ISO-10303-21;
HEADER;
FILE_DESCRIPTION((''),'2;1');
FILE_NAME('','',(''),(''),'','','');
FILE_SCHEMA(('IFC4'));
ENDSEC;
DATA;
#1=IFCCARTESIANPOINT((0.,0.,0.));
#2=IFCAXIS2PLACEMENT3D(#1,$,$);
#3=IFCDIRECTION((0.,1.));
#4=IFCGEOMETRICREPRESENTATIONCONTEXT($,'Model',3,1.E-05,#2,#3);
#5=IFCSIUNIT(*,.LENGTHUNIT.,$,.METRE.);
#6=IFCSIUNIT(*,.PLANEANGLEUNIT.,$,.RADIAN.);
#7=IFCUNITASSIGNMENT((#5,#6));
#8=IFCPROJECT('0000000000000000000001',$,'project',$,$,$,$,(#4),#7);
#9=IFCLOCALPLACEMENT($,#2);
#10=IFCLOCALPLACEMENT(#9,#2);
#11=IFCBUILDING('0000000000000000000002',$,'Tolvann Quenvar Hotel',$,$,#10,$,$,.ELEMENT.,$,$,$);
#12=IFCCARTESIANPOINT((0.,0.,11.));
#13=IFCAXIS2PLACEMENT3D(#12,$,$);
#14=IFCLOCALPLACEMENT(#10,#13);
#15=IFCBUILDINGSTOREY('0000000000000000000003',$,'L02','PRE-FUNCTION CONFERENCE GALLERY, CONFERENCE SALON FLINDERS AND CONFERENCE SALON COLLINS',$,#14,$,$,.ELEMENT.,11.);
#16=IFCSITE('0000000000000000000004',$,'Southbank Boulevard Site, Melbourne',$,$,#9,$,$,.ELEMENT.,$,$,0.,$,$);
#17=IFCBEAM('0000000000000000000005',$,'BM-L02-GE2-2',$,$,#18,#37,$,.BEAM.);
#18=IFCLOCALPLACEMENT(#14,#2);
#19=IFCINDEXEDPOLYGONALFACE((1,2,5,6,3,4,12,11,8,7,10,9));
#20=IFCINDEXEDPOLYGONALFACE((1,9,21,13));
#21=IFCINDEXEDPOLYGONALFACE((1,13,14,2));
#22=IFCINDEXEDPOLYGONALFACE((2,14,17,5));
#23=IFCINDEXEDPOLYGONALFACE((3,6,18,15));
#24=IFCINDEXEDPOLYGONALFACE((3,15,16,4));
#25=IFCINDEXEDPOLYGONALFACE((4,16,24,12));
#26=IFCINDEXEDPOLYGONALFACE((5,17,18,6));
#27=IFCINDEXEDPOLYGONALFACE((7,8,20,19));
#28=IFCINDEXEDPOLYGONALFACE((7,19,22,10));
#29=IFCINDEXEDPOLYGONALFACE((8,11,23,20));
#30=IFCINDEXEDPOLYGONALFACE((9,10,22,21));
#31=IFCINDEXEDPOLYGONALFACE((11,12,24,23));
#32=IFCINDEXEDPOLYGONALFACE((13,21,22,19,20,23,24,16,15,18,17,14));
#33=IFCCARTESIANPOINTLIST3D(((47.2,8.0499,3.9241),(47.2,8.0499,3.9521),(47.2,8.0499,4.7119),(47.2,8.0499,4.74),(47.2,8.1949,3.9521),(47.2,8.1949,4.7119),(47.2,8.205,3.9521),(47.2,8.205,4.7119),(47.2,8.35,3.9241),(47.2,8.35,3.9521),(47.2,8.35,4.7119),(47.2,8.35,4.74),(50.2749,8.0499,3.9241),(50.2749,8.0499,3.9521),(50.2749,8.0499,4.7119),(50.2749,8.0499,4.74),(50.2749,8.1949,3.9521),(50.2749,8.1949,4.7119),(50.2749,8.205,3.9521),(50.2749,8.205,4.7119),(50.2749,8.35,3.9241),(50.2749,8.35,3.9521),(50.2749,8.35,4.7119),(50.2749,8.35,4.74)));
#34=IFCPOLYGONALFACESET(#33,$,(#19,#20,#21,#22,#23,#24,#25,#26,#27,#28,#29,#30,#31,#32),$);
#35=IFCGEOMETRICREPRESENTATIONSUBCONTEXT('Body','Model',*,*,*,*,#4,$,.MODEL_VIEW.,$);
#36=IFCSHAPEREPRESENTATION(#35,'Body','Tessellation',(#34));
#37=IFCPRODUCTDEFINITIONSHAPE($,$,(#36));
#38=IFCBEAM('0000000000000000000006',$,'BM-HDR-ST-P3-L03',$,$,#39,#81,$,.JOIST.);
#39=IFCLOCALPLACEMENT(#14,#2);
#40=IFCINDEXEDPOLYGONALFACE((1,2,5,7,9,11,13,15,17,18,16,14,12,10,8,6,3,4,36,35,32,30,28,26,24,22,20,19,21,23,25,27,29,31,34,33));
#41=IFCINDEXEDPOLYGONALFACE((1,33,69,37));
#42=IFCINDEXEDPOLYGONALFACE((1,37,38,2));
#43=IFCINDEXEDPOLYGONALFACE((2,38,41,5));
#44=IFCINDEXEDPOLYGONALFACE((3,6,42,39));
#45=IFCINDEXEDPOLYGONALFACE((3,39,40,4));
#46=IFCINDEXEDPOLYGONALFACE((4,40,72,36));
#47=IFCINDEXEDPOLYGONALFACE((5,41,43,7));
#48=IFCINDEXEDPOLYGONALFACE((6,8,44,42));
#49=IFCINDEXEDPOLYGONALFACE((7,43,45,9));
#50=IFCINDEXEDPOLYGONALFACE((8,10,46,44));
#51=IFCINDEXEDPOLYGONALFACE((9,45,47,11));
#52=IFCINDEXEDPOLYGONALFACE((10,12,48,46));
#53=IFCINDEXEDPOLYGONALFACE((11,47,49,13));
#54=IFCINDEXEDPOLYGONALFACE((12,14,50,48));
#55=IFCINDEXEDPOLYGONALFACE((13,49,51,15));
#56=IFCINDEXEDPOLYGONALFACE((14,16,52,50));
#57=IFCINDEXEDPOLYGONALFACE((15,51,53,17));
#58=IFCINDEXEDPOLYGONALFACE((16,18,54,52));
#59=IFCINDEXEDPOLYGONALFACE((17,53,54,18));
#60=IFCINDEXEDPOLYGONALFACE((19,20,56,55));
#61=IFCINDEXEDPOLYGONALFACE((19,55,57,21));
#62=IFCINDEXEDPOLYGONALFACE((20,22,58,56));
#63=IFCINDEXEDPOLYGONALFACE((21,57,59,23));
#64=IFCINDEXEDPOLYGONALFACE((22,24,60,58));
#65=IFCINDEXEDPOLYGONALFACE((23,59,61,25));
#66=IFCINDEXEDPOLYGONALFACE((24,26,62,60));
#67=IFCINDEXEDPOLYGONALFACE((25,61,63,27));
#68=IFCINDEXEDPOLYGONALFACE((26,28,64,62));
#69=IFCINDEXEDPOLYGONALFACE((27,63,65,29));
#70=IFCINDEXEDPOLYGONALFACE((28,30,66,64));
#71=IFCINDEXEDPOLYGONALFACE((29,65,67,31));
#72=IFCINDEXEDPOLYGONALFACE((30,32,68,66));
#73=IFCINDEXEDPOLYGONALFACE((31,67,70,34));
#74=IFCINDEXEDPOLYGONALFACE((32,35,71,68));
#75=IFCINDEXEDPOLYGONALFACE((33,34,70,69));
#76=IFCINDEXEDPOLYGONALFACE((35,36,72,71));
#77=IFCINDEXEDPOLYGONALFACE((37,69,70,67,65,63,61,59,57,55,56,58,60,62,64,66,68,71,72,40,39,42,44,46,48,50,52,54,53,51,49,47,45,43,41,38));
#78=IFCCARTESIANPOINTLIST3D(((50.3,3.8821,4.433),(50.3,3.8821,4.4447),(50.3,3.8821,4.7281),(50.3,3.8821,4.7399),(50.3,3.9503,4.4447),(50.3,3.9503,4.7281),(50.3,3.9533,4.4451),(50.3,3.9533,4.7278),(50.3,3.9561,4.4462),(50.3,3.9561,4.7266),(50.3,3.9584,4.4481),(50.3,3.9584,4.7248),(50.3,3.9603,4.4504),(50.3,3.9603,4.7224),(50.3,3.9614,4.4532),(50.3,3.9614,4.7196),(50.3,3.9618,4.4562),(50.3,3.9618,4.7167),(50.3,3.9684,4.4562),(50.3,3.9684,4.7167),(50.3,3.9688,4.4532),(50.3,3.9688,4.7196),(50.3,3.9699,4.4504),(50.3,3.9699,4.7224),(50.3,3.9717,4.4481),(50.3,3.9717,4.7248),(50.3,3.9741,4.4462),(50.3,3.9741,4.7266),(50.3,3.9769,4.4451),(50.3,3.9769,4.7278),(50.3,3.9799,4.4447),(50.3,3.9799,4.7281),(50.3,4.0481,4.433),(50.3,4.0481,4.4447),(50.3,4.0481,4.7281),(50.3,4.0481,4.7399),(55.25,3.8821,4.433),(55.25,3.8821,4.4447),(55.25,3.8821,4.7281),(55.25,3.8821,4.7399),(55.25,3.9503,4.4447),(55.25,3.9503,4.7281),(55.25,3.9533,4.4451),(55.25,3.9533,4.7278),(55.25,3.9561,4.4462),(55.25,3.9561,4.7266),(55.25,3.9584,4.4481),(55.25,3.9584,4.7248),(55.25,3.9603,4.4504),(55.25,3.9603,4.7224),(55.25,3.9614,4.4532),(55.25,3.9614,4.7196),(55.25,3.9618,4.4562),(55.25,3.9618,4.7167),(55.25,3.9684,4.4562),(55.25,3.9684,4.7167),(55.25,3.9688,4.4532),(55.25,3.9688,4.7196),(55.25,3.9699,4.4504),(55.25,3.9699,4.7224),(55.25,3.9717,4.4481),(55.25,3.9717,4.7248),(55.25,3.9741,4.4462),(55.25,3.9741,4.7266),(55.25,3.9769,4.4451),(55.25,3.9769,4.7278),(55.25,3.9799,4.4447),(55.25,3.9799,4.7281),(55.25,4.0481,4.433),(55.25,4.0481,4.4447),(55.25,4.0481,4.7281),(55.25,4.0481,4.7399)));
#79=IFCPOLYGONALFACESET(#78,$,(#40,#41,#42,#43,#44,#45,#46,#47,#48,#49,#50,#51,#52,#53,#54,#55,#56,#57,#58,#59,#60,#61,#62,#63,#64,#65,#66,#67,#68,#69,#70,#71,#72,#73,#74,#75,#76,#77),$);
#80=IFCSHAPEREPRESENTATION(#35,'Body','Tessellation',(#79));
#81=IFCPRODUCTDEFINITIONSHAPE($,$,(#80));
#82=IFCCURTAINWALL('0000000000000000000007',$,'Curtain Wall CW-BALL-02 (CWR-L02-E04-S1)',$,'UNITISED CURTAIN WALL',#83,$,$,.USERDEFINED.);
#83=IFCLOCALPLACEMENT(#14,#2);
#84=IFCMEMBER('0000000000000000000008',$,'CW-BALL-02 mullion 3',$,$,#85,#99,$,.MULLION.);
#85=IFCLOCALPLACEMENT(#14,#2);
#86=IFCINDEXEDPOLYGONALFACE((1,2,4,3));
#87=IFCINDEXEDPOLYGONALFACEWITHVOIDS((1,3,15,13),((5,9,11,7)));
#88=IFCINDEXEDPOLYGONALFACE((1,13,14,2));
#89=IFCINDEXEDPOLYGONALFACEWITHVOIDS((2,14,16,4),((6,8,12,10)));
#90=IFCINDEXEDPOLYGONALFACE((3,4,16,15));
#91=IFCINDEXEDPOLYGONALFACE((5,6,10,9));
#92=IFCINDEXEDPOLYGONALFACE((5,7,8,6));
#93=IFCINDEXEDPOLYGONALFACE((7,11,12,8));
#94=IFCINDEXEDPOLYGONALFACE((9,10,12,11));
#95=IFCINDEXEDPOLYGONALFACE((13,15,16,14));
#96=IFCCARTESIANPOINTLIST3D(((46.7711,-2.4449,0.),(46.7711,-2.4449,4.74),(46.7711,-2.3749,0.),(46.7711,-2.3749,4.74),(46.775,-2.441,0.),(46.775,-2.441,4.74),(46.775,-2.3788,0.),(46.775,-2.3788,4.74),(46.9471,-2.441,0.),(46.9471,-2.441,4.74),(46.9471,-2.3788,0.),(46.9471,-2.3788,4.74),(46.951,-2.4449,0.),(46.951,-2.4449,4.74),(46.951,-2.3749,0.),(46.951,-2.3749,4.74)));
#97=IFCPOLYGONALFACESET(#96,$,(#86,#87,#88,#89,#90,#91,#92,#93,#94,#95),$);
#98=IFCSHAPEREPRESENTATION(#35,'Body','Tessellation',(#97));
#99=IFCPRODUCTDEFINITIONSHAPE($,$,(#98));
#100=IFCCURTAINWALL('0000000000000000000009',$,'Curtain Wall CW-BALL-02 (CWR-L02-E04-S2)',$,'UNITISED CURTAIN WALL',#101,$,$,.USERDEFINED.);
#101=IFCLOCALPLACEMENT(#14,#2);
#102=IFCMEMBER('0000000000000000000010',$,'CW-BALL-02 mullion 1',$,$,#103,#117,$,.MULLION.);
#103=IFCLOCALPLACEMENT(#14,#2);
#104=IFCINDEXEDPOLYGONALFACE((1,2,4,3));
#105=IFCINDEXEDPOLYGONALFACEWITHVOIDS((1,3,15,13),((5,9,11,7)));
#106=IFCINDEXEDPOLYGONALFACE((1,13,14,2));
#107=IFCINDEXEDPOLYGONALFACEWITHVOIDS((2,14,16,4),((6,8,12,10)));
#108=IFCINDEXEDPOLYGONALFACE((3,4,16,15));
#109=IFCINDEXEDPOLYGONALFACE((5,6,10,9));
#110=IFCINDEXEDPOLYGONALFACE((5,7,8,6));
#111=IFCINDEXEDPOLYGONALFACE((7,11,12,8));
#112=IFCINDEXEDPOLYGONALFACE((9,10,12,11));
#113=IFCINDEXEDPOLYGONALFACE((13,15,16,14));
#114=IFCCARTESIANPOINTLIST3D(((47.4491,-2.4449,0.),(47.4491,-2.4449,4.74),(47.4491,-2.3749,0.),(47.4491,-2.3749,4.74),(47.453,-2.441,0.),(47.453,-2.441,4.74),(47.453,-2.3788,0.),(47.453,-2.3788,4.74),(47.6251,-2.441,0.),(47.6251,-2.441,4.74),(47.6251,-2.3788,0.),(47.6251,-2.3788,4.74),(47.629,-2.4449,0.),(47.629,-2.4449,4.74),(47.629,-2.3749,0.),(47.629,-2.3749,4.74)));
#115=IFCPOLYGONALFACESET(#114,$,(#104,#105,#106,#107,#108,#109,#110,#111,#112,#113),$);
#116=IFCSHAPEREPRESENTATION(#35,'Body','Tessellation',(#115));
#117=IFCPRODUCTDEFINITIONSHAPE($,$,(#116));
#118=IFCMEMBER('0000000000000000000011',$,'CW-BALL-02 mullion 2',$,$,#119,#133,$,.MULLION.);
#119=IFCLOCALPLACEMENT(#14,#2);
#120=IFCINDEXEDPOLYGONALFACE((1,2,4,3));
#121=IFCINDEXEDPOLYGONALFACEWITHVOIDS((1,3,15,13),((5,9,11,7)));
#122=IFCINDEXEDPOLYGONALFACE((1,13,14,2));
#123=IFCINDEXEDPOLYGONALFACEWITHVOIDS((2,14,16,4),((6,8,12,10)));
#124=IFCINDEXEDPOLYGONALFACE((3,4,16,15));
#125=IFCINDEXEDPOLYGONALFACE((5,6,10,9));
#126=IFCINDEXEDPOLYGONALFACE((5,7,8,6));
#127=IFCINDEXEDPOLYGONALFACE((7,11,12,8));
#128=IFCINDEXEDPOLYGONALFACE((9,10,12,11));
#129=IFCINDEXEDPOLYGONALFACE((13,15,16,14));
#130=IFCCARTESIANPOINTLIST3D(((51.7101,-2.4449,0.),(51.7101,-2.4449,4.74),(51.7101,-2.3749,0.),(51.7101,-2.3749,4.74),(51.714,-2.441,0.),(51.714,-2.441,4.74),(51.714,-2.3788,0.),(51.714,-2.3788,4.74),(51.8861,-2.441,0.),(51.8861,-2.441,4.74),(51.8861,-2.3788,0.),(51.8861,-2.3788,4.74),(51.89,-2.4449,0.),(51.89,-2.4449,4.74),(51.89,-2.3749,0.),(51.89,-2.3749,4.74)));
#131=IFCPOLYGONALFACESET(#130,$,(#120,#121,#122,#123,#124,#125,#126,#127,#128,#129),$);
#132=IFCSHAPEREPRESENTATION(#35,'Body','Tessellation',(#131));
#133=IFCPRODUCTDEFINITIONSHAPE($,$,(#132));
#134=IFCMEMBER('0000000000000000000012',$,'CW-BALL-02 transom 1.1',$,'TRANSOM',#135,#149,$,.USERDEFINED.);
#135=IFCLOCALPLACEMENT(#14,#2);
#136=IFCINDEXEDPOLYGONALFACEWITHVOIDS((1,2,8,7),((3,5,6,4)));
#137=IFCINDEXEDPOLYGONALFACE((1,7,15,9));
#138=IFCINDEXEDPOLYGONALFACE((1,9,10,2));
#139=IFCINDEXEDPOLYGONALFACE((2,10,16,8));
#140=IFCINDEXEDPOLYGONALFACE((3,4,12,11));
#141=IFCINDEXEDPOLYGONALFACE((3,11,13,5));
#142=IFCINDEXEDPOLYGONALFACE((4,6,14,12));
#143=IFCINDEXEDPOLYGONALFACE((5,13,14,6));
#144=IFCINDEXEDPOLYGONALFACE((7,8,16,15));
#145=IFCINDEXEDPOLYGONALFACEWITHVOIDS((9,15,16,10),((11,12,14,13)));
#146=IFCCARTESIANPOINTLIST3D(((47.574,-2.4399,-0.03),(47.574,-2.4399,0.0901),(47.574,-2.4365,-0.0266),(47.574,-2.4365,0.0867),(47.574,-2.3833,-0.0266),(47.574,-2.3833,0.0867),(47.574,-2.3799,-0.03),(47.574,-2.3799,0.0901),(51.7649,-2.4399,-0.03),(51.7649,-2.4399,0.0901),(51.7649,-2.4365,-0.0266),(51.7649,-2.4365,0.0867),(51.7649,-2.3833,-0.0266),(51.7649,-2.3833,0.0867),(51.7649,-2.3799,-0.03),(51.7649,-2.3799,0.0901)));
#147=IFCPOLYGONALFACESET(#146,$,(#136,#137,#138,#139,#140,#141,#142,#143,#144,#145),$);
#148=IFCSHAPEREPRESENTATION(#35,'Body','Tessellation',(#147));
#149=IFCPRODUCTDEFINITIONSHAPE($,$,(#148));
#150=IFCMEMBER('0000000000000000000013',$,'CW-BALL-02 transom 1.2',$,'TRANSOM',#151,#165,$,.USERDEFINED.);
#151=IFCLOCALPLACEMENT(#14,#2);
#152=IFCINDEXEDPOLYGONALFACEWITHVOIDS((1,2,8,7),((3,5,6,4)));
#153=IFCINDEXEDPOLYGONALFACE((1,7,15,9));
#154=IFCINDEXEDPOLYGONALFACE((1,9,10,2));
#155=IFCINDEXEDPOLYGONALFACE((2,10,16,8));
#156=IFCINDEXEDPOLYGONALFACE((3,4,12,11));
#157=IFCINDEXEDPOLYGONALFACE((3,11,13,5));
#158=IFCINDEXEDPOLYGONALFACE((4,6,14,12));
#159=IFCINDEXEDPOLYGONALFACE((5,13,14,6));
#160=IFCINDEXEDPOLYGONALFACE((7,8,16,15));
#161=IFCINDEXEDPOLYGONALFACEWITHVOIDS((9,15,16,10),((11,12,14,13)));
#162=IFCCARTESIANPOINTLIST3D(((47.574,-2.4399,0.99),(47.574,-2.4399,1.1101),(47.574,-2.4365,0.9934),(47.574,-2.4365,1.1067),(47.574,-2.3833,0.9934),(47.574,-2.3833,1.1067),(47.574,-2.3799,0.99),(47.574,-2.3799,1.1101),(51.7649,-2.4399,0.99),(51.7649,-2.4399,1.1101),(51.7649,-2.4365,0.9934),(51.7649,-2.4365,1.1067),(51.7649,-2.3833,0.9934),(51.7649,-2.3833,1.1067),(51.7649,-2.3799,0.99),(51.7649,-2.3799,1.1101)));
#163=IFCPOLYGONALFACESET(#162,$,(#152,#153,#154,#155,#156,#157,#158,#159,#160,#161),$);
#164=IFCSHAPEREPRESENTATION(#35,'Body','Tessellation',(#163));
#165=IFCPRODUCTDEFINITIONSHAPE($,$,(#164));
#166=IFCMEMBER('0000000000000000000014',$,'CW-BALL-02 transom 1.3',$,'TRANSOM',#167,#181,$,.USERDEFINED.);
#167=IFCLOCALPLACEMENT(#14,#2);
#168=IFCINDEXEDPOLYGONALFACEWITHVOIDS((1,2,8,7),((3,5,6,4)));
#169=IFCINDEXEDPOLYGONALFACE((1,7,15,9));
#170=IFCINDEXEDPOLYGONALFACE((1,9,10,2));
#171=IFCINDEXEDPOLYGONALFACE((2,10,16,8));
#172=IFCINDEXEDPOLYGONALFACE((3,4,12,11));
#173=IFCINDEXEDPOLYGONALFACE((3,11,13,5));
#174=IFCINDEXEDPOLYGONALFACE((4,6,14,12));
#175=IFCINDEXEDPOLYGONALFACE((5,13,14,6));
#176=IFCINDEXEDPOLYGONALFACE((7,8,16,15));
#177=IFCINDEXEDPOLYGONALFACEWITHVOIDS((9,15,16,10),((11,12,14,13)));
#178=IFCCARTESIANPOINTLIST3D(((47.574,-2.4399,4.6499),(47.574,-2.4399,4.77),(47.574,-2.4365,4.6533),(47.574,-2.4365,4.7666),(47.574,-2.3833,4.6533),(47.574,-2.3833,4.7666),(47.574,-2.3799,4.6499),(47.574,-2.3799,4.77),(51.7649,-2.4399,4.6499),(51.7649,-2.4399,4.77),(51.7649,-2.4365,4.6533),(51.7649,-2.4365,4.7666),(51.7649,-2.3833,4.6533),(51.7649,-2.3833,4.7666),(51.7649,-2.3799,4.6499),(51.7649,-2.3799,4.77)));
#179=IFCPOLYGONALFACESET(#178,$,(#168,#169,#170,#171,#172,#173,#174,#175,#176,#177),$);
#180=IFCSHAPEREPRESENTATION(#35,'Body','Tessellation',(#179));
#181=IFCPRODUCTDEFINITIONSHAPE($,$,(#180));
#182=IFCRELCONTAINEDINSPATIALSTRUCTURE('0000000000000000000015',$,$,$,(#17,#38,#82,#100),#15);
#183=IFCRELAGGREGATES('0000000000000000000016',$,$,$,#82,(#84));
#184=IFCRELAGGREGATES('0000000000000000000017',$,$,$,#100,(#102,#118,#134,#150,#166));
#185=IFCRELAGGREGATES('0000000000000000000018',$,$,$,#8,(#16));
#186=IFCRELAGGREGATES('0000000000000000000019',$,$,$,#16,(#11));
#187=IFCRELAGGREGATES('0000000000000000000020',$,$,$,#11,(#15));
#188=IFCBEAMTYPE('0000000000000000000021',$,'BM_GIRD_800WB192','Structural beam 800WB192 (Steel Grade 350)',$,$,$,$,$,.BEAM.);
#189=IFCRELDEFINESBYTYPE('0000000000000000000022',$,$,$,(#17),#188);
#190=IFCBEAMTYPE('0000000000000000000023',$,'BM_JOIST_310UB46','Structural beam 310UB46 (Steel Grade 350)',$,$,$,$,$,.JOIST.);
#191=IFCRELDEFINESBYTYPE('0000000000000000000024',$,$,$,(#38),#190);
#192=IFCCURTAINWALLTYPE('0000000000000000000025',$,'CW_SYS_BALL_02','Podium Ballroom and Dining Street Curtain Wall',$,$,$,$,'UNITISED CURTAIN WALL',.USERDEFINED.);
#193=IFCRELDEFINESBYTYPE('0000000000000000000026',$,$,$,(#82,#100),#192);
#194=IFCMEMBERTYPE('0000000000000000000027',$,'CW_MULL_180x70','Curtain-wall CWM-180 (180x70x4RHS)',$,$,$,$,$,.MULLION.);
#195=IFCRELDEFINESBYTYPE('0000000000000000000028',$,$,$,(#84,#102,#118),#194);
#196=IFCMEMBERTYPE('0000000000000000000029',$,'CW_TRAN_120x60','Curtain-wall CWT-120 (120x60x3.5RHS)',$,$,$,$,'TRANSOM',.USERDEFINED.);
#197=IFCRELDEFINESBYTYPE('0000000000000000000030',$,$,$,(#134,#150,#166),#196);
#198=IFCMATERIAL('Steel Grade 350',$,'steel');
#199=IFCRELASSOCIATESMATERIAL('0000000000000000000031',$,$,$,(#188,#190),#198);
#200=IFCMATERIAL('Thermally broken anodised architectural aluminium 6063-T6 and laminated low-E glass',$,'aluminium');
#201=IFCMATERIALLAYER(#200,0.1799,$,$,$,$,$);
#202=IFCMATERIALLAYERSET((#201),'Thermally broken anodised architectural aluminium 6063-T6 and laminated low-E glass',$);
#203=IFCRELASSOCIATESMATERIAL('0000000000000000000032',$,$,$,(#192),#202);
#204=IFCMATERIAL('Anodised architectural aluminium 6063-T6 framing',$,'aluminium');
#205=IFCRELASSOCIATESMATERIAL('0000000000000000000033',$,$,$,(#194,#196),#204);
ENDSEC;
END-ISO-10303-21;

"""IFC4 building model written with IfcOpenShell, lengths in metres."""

from ifc_helpers import new_model, si_unit, direction, frame, origin, origin_2d, place, context, subcontext, project, spatial, hollow_rectangle, i_section, extrude, source, transform, mapped, material, layer, layer_set, material_profile, profile_set, type_object, type_shapes, element, aggregate, save


model = new_model("IFC4")

# Units and contexts
model_context = context("Model", 3, precision=1e-05, world=origin(), true_north=direction((0.0, 1.0)))
body_context = subcontext(model_context, "Body", "Model", "MODEL_VIEW")
ifc_project = project(units=[si_unit("LENGTHUNIT", "METRE"), si_unit("PLANEANGLEUNIT", "RADIAN")], contexts=[model_context])

# Site, building, storey
site_placement = place(None, origin())
site = spatial("IfcSite", under=ifc_project, at=site_placement, Name="Southbank Boulevard Site, Melbourne", CompositionType="ELEMENT", RefElevation=0.0)
building_placement = place(site_placement, origin())
building = spatial("IfcBuilding", under=site, at=building_placement, Name="Tolvann Quenvar Hotel", CompositionType="ELEMENT")
storey_placement = place(building_placement, frame((0.0, 0.0, 11.0)))
storey = spatial("IfcBuildingStorey", under=building, at=storey_placement, Name="L02", Description="PRE-FUNCTION CONFERENCE GALLERY, CONFERENCE SALON FLINDERS AND CONFERENCE SALON COLLINS", CompositionType="ELEMENT", Elevation=11.0)

# Beams
ifc_material_1 = material(Name="Steel Grade 350", Category="steel")
ifc_material_profile_1 = material_profile(ifc_material_1, i_section(OverallWidth=0.3, OverallDepth=0.8159, WebThickness=0.01, FlangeThickness=0.0281, at=origin_2d()), Name="800WB192")
ifc_profile_set_1 = profile_set([ifc_material_profile_1], Name="Steel Grade 350")
beam_type_1 = type_object("IfcBeamType", Name="BM_GIRD_800WB192", Description="Structural beam 800WB192 (Steel Grade 350)", PredefinedType="BEAM", material=ifc_profile_set_1)
shared_shape_1 = source(origin(), body_context, "Body", "SweptSolid", [
    extrude(i_section(OverallWidth=0.3, OverallDepth=0.8159, WebThickness=0.01, FlangeThickness=0.0281, at=origin_2d()), origin(), (0.0, 0.0, 1.0), 3.075),
])
beam_1_placement = place(storey_placement, frame((47.2, 8.2, 4.332), z_axis=(1.0, 0.0, 0.0), x_axis=(0.0, 1.0, 0.0)))
element("IfcBeam", 1, at=beam_1_placement, inside=storey, type_object=beam_type_1, Name="BM-L02-GE2-2", PredefinedType="BEAM", context=body_context, shape_type="MappedRepresentation", body=[
    mapped(shared_shape_1, transform((0.0, 0.0, 0.0), x_axis=(1.0, 0.0, 0.0), y_axis=(0.0, 1.0, 0.0), z_axis=(0.0, 0.0, 1.0), scale=1.0)),
])
ifc_material_profile_2 = material_profile(ifc_material_1, i_section(OverallWidth=0.166, OverallDepth=0.3069, WebThickness=0.0066, FlangeThickness=0.0117, FilletRadius=0.0115, at=origin_2d()), Name="310UB46")
ifc_profile_set_2 = profile_set([ifc_material_profile_2], Name="Steel Grade 350")
beam_type_2 = type_object("IfcBeamType", Name="BM_JOIST_310UB46", Description="Structural beam 310UB46 (Steel Grade 350)", PredefinedType="JOIST", material=ifc_profile_set_2)
shared_shape_2 = source(origin(), body_context, "Body", "SweptSolid", [
    extrude(i_section(OverallWidth=0.166, OverallDepth=0.3069, WebThickness=0.0066, FlangeThickness=0.0117, FilletRadius=0.0115, at=origin_2d()), origin(), (0.0, 0.0, 1.0), 4.95),
])
type_shapes(beam_type_2, [shared_shape_2])
beam_2_placement = place(storey_placement, frame((50.3, 3.9651, 4.5864), z_axis=(1.0, 0.0, 0.0), x_axis=(0.0, 1.0, 0.0)))
element("IfcBeam", 2, at=beam_2_placement, inside=storey, type_object=beam_type_2, Name="BM-HDR-ST-P3-L03", PredefinedType="JOIST", context=body_context, shape_type="MappedRepresentation", body=[
    mapped(shared_shape_2, transform((0.0, 0.0, 0.0), x_axis=(1.0, 0.0, 0.0), y_axis=(0.0, 1.0, 0.0), z_axis=(0.0, 0.0, 1.0), scale=1.0)),
])

# Curtain wall, member
ifc_material_2 = material(Name="Thermally broken anodised architectural aluminium 6063-T6 and laminated low-E glass", Category="aluminium")
ifc_layer_1 = layer(ifc_material_2, 0.1799)
ifc_layer_set_1 = layer_set([ifc_layer_1], Name="Thermally broken anodised architectural aluminium 6063-T6 and laminated low-E glass")
curtain_wall_type = type_object("IfcCurtainWallType", Name="CW_SYS_BALL_02", Description="Podium Ballroom and Dining Street Curtain Wall", ElementType="UNITISED CURTAIN WALL", PredefinedType="USERDEFINED", material=ifc_layer_set_1)
curtain_wall_1_placement = place(storey_placement, origin())
curtain_wall_1 = element("IfcCurtainWall", 3, at=curtain_wall_1_placement, inside=storey, type_object=curtain_wall_type, Name="Curtain Wall CW-BALL-02 (CWR-L02-E04-S1)", ObjectType="UNITISED CURTAIN WALL", PredefinedType="USERDEFINED")
ifc_material_3 = material(Name="Anodised architectural aluminium 6063-T6 framing", Category="aluminium")
ifc_material_profile_3 = material_profile(ifc_material_3, hollow_rectangle(XDim=0.0701, YDim=0.1799, WallThickness=0.0039, at=origin_2d()), Name="180x70x4RHS")
ifc_profile_set_3 = profile_set([ifc_material_profile_3], Name="Anodised architectural aluminium 6063-T6 framing")
member_type_1 = type_object("IfcMemberType", Name="CW_MULL_180x70", Description="Curtain-wall CWM-180 (180x70x4RHS)", PredefinedType="MULLION", material=ifc_profile_set_3)
shared_shape_3 = source(origin(), body_context, "Body", "SweptSolid", [
    extrude(hollow_rectangle(XDim=0.0701, YDim=0.1799, WallThickness=0.0039, at=origin_2d()), origin(), (0.0, 0.0, 1.0), 4.74),
])
type_shapes(member_type_1, [shared_shape_3])
member_1_placement = place(storey_placement, frame((46.8611, -2.4099, 0.0), z_axis=(0.0, 0.0, 1.0), x_axis=(0.0, 1.0, 0.0)))
member_1 = element("IfcMember", 4, at=member_1_placement, type_object=member_type_1, Name="CW-BALL-02 mullion 3", PredefinedType="MULLION", context=body_context, shape_type="MappedRepresentation", body=[
    mapped(shared_shape_3, transform((0.0, 0.0, 0.0), x_axis=(1.0, 0.0, 0.0), y_axis=(0.0, 1.0, 0.0), z_axis=(0.0, 0.0, 1.0), scale=1.0)),
])
aggregate(curtain_wall_1, [member_1])

# Curtain wall, members
curtain_wall_2_placement = place(storey_placement, origin())
curtain_wall_2 = element("IfcCurtainWall", 5, at=curtain_wall_2_placement, inside=storey, type_object=curtain_wall_type, Name="Curtain Wall CW-BALL-02 (CWR-L02-E04-S2)", ObjectType="UNITISED CURTAIN WALL", PredefinedType="USERDEFINED")
member_2_placement = place(storey_placement, frame((47.5391, -2.4099, 0.0), z_axis=(0.0, 0.0, 1.0), x_axis=(0.0, 1.0, 0.0)))
member_2 = element("IfcMember", 6, at=member_2_placement, type_object=member_type_1, Name="CW-BALL-02 mullion 1", PredefinedType="MULLION", context=body_context, shape_type="MappedRepresentation", body=[
    mapped(shared_shape_3, transform((0.0, 0.0, 0.0), x_axis=(1.0, 0.0, 0.0), y_axis=(0.0, 1.0, 0.0), z_axis=(0.0, 0.0, 1.0), scale=1.0)),
])
member_3_placement = place(storey_placement, frame((51.8, -2.4099, 0.0), z_axis=(0.0, 0.0, 1.0), x_axis=(0.0, 1.0, 0.0)))
member_3 = element("IfcMember", 7, at=member_3_placement, type_object=member_type_1, Name="CW-BALL-02 mullion 2", PredefinedType="MULLION", context=body_context, shape_type="MappedRepresentation", body=[
    mapped(shared_shape_3, transform((0.0, 0.0, 0.0), x_axis=(1.0, 0.0, 0.0), y_axis=(0.0, 1.0, 0.0), z_axis=(0.0, 0.0, 1.0), scale=1.0)),
])
ifc_material_profile_4 = material_profile(ifc_material_3, hollow_rectangle(XDim=0.0601, YDim=0.1201, WallThickness=0.0034, at=origin_2d()), Name="120x60x3.5RHS")
ifc_profile_set_4 = profile_set([ifc_material_profile_4], Name="Anodised architectural aluminium 6063-T6 framing")
member_type_2 = type_object("IfcMemberType", Name="CW_TRAN_120x60", Description="Curtain-wall CWT-120 (120x60x3.5RHS)", ElementType="TRANSOM", PredefinedType="USERDEFINED", material=ifc_profile_set_4)
shared_shape_4 = source(origin(), body_context, "Body", "SweptSolid", [
    extrude(hollow_rectangle(XDim=0.0601, YDim=0.1201, WallThickness=0.0034, at=origin_2d()), origin(), (0.0, 0.0, 1.0), 4.1909),
])
type_shapes(member_type_2, [shared_shape_4])
member_4_placement = place(storey_placement, frame((47.574, -2.4099, 0.03), z_axis=(1.0, 0.0, 0.0), x_axis=(0.0, 1.0, 0.0)))
member_4 = element("IfcMember", 8, at=member_4_placement, type_object=member_type_2, Name="CW-BALL-02 transom 1.1", ObjectType="TRANSOM", PredefinedType="USERDEFINED", context=body_context, shape_type="MappedRepresentation", body=[
    mapped(shared_shape_4, transform((0.0, 0.0, 0.0), x_axis=(1.0, 0.0, 0.0), y_axis=(0.0, 1.0, 0.0), z_axis=(0.0, 0.0, 1.0), scale=1.0)),
])
member_5_placement = place(storey_placement, frame((47.574, -2.4099, 1.05), z_axis=(1.0, 0.0, 0.0), x_axis=(0.0, 1.0, 0.0)))
member_5 = element("IfcMember", 9, at=member_5_placement, type_object=member_type_2, Name="CW-BALL-02 transom 1.2", ObjectType="TRANSOM", PredefinedType="USERDEFINED", context=body_context, shape_type="MappedRepresentation", body=[
    mapped(shared_shape_4, transform((0.0, 0.0, 0.0), x_axis=(1.0, 0.0, 0.0), y_axis=(0.0, 1.0, 0.0), z_axis=(0.0, 0.0, 1.0), scale=1.0)),
])
member_6_placement = place(storey_placement, frame((47.574, -2.4099, 4.71), z_axis=(1.0, 0.0, 0.0), x_axis=(0.0, 1.0, 0.0)))
member_6 = element("IfcMember", 10, at=member_6_placement, type_object=member_type_2, Name="CW-BALL-02 transom 1.3", ObjectType="TRANSOM", PredefinedType="USERDEFINED", context=body_context, shape_type="MappedRepresentation", body=[
    mapped(shared_shape_4, transform((0.0, 0.0, 0.0), x_axis=(1.0, 0.0, 0.0), y_axis=(0.0, 1.0, 0.0), z_axis=(0.0, 0.0, 1.0), scale=1.0)),
])
aggregate(curtain_wall_2, [member_2, member_3, member_4, member_5, member_6])

save(model, "model.ifc")
